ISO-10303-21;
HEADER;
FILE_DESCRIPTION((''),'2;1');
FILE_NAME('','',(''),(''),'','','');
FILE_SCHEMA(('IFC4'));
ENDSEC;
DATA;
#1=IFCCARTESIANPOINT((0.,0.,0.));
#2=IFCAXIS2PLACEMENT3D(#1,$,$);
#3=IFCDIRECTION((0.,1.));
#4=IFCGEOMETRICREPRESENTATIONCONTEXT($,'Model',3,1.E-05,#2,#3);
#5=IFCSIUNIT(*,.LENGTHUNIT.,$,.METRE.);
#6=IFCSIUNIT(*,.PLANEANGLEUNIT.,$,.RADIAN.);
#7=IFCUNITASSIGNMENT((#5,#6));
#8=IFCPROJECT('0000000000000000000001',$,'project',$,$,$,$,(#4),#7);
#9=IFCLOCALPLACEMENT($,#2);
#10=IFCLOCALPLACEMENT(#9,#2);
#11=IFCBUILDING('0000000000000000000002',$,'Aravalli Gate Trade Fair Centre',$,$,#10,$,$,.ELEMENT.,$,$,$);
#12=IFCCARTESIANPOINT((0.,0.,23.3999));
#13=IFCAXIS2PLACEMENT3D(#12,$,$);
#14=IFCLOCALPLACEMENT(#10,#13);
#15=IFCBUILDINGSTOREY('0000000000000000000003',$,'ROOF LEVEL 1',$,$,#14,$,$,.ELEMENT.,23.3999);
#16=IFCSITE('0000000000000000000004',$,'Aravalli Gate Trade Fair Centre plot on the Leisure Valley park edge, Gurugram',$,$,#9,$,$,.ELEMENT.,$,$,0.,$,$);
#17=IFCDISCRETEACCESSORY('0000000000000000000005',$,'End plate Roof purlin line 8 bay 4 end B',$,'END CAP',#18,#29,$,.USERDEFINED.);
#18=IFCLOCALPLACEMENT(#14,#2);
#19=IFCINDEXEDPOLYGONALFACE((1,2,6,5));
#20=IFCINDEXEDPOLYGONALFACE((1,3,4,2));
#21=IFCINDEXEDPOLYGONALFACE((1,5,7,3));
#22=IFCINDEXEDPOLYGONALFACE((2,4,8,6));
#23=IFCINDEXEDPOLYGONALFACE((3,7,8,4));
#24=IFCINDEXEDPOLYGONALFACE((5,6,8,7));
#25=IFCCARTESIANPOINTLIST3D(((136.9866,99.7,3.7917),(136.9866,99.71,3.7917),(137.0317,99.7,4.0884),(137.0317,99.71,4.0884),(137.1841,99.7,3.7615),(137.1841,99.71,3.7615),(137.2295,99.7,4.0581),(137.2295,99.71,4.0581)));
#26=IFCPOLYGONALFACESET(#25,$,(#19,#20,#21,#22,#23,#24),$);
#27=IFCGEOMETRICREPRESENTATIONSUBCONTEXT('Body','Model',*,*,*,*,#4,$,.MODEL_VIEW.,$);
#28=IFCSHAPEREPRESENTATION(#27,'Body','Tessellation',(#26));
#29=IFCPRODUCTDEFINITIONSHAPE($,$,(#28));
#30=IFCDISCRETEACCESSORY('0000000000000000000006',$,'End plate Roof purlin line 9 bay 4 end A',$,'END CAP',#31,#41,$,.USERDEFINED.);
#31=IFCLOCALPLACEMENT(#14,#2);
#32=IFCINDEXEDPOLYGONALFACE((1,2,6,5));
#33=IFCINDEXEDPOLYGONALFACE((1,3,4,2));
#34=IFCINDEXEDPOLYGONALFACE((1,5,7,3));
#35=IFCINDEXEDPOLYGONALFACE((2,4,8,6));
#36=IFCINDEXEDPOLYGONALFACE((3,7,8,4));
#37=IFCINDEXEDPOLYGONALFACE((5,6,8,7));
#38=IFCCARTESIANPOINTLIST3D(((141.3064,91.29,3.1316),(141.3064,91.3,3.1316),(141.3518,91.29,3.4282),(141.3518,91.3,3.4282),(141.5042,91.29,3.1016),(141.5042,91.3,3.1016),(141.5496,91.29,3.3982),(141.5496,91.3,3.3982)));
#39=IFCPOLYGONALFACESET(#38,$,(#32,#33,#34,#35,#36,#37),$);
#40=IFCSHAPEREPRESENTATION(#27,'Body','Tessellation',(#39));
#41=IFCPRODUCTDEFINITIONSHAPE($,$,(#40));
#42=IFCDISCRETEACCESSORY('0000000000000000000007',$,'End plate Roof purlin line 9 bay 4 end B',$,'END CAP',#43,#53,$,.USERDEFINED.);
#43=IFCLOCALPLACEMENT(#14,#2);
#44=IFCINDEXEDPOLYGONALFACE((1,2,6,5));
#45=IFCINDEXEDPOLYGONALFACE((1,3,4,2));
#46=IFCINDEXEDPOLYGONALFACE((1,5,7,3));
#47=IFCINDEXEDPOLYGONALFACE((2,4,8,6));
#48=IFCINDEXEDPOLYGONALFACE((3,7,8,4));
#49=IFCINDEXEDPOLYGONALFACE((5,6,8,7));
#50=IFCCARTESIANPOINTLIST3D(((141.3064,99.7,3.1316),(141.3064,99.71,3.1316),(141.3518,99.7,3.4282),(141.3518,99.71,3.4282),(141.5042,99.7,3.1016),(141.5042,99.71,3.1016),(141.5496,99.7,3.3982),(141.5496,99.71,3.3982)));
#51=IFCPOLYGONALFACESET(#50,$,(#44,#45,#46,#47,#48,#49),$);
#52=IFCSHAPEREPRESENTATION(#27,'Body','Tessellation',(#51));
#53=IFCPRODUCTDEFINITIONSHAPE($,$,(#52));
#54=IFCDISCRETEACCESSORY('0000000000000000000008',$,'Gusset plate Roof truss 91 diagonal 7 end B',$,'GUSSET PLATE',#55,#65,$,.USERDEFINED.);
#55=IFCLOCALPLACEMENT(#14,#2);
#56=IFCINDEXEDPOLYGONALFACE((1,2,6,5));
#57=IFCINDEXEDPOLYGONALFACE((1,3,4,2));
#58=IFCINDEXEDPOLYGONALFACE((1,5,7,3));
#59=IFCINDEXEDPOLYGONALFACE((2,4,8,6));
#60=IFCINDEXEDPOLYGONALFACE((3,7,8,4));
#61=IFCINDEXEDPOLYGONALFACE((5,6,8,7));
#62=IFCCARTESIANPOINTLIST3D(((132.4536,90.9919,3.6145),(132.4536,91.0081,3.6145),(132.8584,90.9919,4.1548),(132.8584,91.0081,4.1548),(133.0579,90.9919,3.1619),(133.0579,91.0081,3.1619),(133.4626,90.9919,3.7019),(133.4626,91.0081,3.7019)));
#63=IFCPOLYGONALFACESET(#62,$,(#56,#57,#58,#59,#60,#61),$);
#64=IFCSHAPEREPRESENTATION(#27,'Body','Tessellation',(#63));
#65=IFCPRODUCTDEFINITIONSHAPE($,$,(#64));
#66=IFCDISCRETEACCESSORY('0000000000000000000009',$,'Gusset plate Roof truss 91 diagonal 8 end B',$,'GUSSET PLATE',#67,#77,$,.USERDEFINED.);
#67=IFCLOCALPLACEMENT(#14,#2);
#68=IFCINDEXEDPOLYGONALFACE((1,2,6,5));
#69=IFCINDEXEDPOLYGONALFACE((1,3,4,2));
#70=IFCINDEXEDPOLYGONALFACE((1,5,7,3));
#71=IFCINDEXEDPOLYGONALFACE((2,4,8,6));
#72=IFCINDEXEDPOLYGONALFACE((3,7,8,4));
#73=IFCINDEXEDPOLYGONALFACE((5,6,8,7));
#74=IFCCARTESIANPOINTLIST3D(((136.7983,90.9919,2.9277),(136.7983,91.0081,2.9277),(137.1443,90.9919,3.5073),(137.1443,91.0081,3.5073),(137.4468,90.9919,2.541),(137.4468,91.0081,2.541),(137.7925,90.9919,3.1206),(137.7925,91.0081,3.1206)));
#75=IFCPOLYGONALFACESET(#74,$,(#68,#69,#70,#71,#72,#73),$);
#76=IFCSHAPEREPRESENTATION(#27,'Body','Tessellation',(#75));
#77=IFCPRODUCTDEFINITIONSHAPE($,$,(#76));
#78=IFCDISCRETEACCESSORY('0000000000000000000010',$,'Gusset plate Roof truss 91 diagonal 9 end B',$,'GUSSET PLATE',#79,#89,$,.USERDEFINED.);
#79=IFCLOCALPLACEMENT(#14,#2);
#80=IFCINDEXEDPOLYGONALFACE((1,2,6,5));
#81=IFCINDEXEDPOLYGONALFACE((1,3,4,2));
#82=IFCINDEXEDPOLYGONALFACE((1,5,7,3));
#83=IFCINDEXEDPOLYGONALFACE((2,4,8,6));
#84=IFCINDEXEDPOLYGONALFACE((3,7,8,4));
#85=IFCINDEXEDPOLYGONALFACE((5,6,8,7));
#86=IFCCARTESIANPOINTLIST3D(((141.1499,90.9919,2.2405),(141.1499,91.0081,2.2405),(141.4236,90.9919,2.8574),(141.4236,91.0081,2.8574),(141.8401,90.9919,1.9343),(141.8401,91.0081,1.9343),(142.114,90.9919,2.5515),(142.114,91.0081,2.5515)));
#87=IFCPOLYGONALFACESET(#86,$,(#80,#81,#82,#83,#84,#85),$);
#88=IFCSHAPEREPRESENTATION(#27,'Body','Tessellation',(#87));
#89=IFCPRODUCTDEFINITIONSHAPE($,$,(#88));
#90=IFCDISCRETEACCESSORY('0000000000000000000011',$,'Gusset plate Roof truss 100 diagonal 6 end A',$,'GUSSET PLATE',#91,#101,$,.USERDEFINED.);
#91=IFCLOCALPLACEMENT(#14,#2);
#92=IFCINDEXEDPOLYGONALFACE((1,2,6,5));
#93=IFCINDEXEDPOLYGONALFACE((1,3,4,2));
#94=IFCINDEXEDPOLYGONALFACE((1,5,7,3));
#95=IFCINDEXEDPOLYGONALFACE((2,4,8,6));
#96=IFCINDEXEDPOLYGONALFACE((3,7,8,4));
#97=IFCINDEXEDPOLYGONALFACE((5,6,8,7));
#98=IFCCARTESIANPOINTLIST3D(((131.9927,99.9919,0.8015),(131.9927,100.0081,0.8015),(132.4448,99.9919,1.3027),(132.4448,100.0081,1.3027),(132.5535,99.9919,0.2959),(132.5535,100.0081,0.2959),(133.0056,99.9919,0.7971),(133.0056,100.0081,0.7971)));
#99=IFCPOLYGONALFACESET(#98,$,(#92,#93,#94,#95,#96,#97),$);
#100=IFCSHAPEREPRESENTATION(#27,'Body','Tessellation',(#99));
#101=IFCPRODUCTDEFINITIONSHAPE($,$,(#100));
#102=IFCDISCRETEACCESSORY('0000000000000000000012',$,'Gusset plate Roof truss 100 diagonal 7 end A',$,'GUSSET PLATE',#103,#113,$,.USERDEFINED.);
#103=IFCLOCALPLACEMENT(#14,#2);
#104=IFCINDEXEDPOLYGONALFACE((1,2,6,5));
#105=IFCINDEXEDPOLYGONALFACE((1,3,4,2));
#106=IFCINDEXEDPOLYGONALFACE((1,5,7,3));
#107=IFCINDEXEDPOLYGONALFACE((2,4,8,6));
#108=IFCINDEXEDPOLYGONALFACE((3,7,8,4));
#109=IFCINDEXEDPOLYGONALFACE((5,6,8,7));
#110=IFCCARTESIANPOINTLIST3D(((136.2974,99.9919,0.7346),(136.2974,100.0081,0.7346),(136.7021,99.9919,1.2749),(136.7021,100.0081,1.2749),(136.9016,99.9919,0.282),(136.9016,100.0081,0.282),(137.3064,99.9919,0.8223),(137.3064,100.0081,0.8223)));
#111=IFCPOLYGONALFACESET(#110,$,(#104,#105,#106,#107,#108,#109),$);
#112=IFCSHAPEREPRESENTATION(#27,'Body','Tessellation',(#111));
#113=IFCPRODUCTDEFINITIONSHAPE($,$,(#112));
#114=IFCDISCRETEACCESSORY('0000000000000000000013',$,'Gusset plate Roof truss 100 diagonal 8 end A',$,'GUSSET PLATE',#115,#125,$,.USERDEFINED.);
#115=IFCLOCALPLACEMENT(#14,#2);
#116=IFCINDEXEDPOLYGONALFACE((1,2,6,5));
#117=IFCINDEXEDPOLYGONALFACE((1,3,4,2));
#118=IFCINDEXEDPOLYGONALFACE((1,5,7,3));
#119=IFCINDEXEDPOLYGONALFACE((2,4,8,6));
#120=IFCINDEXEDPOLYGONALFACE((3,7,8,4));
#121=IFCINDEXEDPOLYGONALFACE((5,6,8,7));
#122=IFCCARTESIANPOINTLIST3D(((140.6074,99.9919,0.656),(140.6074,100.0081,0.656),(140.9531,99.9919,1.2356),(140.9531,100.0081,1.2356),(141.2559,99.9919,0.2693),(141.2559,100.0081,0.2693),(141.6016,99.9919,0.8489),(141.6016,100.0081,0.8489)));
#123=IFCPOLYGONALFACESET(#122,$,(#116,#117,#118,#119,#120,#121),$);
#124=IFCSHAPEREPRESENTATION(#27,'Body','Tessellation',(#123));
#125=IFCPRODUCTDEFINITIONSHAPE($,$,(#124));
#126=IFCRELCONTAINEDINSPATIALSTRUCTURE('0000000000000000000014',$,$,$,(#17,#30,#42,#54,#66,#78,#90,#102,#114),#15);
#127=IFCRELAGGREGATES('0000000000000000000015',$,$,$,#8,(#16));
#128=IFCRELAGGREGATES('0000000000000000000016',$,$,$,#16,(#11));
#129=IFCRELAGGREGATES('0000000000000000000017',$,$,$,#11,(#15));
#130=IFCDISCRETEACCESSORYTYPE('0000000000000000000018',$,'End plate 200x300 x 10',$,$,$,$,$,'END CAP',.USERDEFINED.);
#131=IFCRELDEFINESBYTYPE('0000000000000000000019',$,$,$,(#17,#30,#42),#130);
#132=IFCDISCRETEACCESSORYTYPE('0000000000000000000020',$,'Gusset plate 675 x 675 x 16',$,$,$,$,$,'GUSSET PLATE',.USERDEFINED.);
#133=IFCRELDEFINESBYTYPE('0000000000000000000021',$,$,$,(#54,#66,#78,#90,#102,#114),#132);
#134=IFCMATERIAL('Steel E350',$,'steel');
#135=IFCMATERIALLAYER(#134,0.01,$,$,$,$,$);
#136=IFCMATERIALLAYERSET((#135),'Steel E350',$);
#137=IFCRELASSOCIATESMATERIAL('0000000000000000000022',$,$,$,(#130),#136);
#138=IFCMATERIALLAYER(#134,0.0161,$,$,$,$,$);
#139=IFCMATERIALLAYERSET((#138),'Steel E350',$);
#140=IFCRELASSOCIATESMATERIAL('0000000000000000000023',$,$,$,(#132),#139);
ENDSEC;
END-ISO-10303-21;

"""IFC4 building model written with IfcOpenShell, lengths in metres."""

from ifc_helpers import new_model, si_unit, direction, frame, origin, place, context, subcontext, project, spatial, polyline, outline, extrude, material, layer, layer_set, type_object, element, save


model = new_model("IFC4")

# Units and contexts
model_context = context("Model", 3, precision=1e-05, world=origin(), true_north=direction((0.0, 1.0)))
body_context = subcontext(model_context, "Body", "Model", "MODEL_VIEW")
ifc_project = project(units=[si_unit("LENGTHUNIT", "METRE"), si_unit("PLANEANGLEUNIT", "RADIAN")], contexts=[model_context])

# Site, building, storey
site_placement = place(None, origin())
site = spatial("IfcSite", under=ifc_project, at=site_placement, Name="Aravalli Gate Trade Fair Centre plot on the Leisure Valley park edge, Gurugram", CompositionType="ELEMENT", RefElevation=0.0)
building_placement = place(site_placement, origin())
building = spatial("IfcBuilding", under=site, at=building_placement, Name="Aravalli Gate Trade Fair Centre", CompositionType="ELEMENT")
storey_placement = place(building_placement, frame((0.0, 0.0, 23.3999)))
storey = spatial("IfcBuildingStorey", under=building, at=storey_placement, Name="ROOF LEVEL 1", CompositionType="ELEMENT", Elevation=23.3999)

# Shared definitions
ifc_material_1 = material(Name="Steel E350", Category="steel")

# Discrete accessories
ifc_layer_1 = layer(ifc_material_1, 0.01)
ifc_layer_set_1 = layer_set([ifc_layer_1], Name="Steel E350")
discrete_accessory_type_1 = type_object("IfcDiscreteAccessoryType", Name="End plate 200x300 x 10", ElementType="END CAP", PredefinedType="USERDEFINED", material=ifc_layer_set_1)
for number, where, z_axis, x_axis, name in (
    (1, (137.1841, 99.71, 3.7615), (0.0, 1.0, 0.0), (-0.988456, 0.0, 0.151506), "End plate Roof purlin line 8 bay 4 end B"),
):
    element("IfcDiscreteAccessory", number, at=place(storey_placement, frame(where, z_axis=z_axis, x_axis=x_axis)), inside=storey, type_object=discrete_accessory_type_1, Name=name, ObjectType="END CAP", PredefinedType="USERDEFINED", context=body_context, shape_type="SweptSolid", body=[
        extrude(outline(polyline([(0.0, 0.0), (0.1998, 0.0), (0.2001, 0.3), (0.0001, 0.3001), (0.0, 0.0)])), origin(), (0.0, 0.0, -1.0), 0.01),
    ])
for number, where, z_axis, x_axis, name in (
    (2, (141.5042, 91.3, 3.1016), (0.0, 1.0, 0.0), (-0.988666, 0.0, 0.150131), "End plate Roof purlin line 9 bay 4 end A"),
    (3, (141.5042, 99.71, 3.1016), (0.0, 1.0, 0.0), (-0.988666, 0.0, 0.150131), "End plate Roof purlin line 9 bay 4 end B"),
):
    element("IfcDiscreteAccessory", number, at=place(storey_placement, frame(where, z_axis=z_axis, x_axis=x_axis)), inside=storey, type_object=discrete_accessory_type_1, Name=name, ObjectType="END CAP", PredefinedType="USERDEFINED", context=body_context, shape_type="SweptSolid", body=[
        extrude(outline(polyline([(0.0, 0.0), (0.2, 0.0), (0.1997, 0.3001), (-0.0004, 0.3001), (0.0, 0.0)])), origin(), (0.0, 0.0, -1.0), 0.01),
    ])
ifc_layer_2 = layer(ifc_material_1, 0.0161)
ifc_layer_set_2 = layer_set([ifc_layer_2], Name="Steel E350")
discrete_accessory_type_2 = type_object("IfcDiscreteAccessoryType", Name="Gusset plate 675 x 675 x 16", ElementType="GUSSET PLATE", PredefinedType="USERDEFINED", material=ifc_layer_set_2)
discrete_accessory_1_placement = place(storey_placement, frame((133.0579, 91.0081, 3.1619), z_axis=(0.0, 1.0, 0.0), x_axis=(-0.800349, 0.0, 0.599534)))
element("IfcDiscreteAccessory", 4, at=discrete_accessory_1_placement, inside=storey, type_object=discrete_accessory_type_2, Name="Gusset plate Roof truss 91 diagonal 7 end B", ObjectType="GUSSET PLATE", PredefinedType="USERDEFINED", context=body_context, shape_type="SweptSolid", body=[
    extrude(outline(polyline([(0.0, 0.0), (0.755, 0.0), (0.7549, 0.6751), (-0.0002, 0.6749), (0.0, 0.0)])), origin(), (0.0, 0.0, -1.0), 0.0161),
])
discrete_accessory_2_placement = place(storey_placement, frame((137.4468, 91.0081, 2.541), z_axis=(0.0, 1.0, 0.0), x_axis=(-0.858859, 0.0, 0.512211)))
element("IfcDiscreteAccessory", 5, at=discrete_accessory_2_placement, inside=storey, type_object=discrete_accessory_type_2, Name="Gusset plate Roof truss 91 diagonal 8 end B", ObjectType="GUSSET PLATE", PredefinedType="USERDEFINED", context=body_context, shape_type="SweptSolid", body=[
    extrude(outline(polyline([(0.0, 0.0), (0.755, 0.0), (0.7548, 0.675), (0.0, 0.6749), (0.0, 0.0)])), origin(), (0.0, 0.0, -1.0), 0.0161),
])
discrete_accessory_3_placement = place(storey_placement, frame((141.8401, 91.0081, 1.9343), z_axis=(0.0, 1.0, 0.0), x_axis=(-0.914105, 0.0, 0.405478)))
element("IfcDiscreteAccessory", 6, at=discrete_accessory_3_placement, inside=storey, type_object=discrete_accessory_type_2, Name="Gusset plate Roof truss 91 diagonal 9 end B", ObjectType="GUSSET PLATE", PredefinedType="USERDEFINED", context=body_context, shape_type="SweptSolid", body=[
    extrude(outline(polyline([(0.0, 0.0), (0.755, 0.0), (0.755, 0.6749), (-0.0001, 0.6752), (0.0, 0.0)])), origin(), (0.0, 0.0, -1.0), 0.0161),
])
discrete_accessory_4_placement = place(storey_placement, frame((131.9927, 99.9919, 0.8015), z_axis=(0.0, -1.0, 0.0), x_axis=(0.742699, 0.0, -0.669625)))
element("IfcDiscreteAccessory", 7, at=discrete_accessory_4_placement, inside=storey, type_object=discrete_accessory_type_2, Name="Gusset plate Roof truss 100 diagonal 6 end A", ObjectType="GUSSET PLATE", PredefinedType="USERDEFINED", context=body_context, shape_type="SweptSolid", body=[
    extrude(outline(polyline([(0.0, 0.0), (0.7551, 0.0), (0.7553, 0.675), (0.0002, 0.675), (0.0, 0.0)])), origin(), (0.0, 0.0, -1.0), 0.0161),
])
discrete_accessory_5_placement = place(storey_placement, frame((136.2974, 99.9919, 0.7346), z_axis=(0.0, -1.0, 0.0), x_axis=(0.800349, 0.0, -0.599534)))
element("IfcDiscreteAccessory", 8, at=discrete_accessory_5_placement, inside=storey, type_object=discrete_accessory_type_2, Name="Gusset plate Roof truss 100 diagonal 7 end A", ObjectType="GUSSET PLATE", PredefinedType="USERDEFINED", context=body_context, shape_type="SweptSolid", body=[
    extrude(outline(polyline([(0.0, 0.0), (0.755, 0.0), (0.755, 0.6751), (0.0001, 0.6751), (0.0, 0.0)])), origin(), (0.0, 0.0, -1.0), 0.0161),
])
discrete_accessory_6_placement = place(storey_placement, frame((140.6074, 99.9919, 0.656), z_axis=(0.0, -1.0, 0.0), x_axis=(0.858859, 0.0, -0.512211)))
element("IfcDiscreteAccessory", 9, at=discrete_accessory_6_placement, inside=storey, type_object=discrete_accessory_type_2, Name="Gusset plate Roof truss 100 diagonal 8 end A", ObjectType="GUSSET PLATE", PredefinedType="USERDEFINED", context=body_context, shape_type="SweptSolid", body=[
    extrude(outline(polyline([(0.0, 0.0), (0.755, 0.0), (0.755, 0.6749), (0.0, 0.6749), (0.0, 0.0)])), origin(), (0.0, 0.0, -1.0), 0.0161),
])

save(model, "model.ifc")
